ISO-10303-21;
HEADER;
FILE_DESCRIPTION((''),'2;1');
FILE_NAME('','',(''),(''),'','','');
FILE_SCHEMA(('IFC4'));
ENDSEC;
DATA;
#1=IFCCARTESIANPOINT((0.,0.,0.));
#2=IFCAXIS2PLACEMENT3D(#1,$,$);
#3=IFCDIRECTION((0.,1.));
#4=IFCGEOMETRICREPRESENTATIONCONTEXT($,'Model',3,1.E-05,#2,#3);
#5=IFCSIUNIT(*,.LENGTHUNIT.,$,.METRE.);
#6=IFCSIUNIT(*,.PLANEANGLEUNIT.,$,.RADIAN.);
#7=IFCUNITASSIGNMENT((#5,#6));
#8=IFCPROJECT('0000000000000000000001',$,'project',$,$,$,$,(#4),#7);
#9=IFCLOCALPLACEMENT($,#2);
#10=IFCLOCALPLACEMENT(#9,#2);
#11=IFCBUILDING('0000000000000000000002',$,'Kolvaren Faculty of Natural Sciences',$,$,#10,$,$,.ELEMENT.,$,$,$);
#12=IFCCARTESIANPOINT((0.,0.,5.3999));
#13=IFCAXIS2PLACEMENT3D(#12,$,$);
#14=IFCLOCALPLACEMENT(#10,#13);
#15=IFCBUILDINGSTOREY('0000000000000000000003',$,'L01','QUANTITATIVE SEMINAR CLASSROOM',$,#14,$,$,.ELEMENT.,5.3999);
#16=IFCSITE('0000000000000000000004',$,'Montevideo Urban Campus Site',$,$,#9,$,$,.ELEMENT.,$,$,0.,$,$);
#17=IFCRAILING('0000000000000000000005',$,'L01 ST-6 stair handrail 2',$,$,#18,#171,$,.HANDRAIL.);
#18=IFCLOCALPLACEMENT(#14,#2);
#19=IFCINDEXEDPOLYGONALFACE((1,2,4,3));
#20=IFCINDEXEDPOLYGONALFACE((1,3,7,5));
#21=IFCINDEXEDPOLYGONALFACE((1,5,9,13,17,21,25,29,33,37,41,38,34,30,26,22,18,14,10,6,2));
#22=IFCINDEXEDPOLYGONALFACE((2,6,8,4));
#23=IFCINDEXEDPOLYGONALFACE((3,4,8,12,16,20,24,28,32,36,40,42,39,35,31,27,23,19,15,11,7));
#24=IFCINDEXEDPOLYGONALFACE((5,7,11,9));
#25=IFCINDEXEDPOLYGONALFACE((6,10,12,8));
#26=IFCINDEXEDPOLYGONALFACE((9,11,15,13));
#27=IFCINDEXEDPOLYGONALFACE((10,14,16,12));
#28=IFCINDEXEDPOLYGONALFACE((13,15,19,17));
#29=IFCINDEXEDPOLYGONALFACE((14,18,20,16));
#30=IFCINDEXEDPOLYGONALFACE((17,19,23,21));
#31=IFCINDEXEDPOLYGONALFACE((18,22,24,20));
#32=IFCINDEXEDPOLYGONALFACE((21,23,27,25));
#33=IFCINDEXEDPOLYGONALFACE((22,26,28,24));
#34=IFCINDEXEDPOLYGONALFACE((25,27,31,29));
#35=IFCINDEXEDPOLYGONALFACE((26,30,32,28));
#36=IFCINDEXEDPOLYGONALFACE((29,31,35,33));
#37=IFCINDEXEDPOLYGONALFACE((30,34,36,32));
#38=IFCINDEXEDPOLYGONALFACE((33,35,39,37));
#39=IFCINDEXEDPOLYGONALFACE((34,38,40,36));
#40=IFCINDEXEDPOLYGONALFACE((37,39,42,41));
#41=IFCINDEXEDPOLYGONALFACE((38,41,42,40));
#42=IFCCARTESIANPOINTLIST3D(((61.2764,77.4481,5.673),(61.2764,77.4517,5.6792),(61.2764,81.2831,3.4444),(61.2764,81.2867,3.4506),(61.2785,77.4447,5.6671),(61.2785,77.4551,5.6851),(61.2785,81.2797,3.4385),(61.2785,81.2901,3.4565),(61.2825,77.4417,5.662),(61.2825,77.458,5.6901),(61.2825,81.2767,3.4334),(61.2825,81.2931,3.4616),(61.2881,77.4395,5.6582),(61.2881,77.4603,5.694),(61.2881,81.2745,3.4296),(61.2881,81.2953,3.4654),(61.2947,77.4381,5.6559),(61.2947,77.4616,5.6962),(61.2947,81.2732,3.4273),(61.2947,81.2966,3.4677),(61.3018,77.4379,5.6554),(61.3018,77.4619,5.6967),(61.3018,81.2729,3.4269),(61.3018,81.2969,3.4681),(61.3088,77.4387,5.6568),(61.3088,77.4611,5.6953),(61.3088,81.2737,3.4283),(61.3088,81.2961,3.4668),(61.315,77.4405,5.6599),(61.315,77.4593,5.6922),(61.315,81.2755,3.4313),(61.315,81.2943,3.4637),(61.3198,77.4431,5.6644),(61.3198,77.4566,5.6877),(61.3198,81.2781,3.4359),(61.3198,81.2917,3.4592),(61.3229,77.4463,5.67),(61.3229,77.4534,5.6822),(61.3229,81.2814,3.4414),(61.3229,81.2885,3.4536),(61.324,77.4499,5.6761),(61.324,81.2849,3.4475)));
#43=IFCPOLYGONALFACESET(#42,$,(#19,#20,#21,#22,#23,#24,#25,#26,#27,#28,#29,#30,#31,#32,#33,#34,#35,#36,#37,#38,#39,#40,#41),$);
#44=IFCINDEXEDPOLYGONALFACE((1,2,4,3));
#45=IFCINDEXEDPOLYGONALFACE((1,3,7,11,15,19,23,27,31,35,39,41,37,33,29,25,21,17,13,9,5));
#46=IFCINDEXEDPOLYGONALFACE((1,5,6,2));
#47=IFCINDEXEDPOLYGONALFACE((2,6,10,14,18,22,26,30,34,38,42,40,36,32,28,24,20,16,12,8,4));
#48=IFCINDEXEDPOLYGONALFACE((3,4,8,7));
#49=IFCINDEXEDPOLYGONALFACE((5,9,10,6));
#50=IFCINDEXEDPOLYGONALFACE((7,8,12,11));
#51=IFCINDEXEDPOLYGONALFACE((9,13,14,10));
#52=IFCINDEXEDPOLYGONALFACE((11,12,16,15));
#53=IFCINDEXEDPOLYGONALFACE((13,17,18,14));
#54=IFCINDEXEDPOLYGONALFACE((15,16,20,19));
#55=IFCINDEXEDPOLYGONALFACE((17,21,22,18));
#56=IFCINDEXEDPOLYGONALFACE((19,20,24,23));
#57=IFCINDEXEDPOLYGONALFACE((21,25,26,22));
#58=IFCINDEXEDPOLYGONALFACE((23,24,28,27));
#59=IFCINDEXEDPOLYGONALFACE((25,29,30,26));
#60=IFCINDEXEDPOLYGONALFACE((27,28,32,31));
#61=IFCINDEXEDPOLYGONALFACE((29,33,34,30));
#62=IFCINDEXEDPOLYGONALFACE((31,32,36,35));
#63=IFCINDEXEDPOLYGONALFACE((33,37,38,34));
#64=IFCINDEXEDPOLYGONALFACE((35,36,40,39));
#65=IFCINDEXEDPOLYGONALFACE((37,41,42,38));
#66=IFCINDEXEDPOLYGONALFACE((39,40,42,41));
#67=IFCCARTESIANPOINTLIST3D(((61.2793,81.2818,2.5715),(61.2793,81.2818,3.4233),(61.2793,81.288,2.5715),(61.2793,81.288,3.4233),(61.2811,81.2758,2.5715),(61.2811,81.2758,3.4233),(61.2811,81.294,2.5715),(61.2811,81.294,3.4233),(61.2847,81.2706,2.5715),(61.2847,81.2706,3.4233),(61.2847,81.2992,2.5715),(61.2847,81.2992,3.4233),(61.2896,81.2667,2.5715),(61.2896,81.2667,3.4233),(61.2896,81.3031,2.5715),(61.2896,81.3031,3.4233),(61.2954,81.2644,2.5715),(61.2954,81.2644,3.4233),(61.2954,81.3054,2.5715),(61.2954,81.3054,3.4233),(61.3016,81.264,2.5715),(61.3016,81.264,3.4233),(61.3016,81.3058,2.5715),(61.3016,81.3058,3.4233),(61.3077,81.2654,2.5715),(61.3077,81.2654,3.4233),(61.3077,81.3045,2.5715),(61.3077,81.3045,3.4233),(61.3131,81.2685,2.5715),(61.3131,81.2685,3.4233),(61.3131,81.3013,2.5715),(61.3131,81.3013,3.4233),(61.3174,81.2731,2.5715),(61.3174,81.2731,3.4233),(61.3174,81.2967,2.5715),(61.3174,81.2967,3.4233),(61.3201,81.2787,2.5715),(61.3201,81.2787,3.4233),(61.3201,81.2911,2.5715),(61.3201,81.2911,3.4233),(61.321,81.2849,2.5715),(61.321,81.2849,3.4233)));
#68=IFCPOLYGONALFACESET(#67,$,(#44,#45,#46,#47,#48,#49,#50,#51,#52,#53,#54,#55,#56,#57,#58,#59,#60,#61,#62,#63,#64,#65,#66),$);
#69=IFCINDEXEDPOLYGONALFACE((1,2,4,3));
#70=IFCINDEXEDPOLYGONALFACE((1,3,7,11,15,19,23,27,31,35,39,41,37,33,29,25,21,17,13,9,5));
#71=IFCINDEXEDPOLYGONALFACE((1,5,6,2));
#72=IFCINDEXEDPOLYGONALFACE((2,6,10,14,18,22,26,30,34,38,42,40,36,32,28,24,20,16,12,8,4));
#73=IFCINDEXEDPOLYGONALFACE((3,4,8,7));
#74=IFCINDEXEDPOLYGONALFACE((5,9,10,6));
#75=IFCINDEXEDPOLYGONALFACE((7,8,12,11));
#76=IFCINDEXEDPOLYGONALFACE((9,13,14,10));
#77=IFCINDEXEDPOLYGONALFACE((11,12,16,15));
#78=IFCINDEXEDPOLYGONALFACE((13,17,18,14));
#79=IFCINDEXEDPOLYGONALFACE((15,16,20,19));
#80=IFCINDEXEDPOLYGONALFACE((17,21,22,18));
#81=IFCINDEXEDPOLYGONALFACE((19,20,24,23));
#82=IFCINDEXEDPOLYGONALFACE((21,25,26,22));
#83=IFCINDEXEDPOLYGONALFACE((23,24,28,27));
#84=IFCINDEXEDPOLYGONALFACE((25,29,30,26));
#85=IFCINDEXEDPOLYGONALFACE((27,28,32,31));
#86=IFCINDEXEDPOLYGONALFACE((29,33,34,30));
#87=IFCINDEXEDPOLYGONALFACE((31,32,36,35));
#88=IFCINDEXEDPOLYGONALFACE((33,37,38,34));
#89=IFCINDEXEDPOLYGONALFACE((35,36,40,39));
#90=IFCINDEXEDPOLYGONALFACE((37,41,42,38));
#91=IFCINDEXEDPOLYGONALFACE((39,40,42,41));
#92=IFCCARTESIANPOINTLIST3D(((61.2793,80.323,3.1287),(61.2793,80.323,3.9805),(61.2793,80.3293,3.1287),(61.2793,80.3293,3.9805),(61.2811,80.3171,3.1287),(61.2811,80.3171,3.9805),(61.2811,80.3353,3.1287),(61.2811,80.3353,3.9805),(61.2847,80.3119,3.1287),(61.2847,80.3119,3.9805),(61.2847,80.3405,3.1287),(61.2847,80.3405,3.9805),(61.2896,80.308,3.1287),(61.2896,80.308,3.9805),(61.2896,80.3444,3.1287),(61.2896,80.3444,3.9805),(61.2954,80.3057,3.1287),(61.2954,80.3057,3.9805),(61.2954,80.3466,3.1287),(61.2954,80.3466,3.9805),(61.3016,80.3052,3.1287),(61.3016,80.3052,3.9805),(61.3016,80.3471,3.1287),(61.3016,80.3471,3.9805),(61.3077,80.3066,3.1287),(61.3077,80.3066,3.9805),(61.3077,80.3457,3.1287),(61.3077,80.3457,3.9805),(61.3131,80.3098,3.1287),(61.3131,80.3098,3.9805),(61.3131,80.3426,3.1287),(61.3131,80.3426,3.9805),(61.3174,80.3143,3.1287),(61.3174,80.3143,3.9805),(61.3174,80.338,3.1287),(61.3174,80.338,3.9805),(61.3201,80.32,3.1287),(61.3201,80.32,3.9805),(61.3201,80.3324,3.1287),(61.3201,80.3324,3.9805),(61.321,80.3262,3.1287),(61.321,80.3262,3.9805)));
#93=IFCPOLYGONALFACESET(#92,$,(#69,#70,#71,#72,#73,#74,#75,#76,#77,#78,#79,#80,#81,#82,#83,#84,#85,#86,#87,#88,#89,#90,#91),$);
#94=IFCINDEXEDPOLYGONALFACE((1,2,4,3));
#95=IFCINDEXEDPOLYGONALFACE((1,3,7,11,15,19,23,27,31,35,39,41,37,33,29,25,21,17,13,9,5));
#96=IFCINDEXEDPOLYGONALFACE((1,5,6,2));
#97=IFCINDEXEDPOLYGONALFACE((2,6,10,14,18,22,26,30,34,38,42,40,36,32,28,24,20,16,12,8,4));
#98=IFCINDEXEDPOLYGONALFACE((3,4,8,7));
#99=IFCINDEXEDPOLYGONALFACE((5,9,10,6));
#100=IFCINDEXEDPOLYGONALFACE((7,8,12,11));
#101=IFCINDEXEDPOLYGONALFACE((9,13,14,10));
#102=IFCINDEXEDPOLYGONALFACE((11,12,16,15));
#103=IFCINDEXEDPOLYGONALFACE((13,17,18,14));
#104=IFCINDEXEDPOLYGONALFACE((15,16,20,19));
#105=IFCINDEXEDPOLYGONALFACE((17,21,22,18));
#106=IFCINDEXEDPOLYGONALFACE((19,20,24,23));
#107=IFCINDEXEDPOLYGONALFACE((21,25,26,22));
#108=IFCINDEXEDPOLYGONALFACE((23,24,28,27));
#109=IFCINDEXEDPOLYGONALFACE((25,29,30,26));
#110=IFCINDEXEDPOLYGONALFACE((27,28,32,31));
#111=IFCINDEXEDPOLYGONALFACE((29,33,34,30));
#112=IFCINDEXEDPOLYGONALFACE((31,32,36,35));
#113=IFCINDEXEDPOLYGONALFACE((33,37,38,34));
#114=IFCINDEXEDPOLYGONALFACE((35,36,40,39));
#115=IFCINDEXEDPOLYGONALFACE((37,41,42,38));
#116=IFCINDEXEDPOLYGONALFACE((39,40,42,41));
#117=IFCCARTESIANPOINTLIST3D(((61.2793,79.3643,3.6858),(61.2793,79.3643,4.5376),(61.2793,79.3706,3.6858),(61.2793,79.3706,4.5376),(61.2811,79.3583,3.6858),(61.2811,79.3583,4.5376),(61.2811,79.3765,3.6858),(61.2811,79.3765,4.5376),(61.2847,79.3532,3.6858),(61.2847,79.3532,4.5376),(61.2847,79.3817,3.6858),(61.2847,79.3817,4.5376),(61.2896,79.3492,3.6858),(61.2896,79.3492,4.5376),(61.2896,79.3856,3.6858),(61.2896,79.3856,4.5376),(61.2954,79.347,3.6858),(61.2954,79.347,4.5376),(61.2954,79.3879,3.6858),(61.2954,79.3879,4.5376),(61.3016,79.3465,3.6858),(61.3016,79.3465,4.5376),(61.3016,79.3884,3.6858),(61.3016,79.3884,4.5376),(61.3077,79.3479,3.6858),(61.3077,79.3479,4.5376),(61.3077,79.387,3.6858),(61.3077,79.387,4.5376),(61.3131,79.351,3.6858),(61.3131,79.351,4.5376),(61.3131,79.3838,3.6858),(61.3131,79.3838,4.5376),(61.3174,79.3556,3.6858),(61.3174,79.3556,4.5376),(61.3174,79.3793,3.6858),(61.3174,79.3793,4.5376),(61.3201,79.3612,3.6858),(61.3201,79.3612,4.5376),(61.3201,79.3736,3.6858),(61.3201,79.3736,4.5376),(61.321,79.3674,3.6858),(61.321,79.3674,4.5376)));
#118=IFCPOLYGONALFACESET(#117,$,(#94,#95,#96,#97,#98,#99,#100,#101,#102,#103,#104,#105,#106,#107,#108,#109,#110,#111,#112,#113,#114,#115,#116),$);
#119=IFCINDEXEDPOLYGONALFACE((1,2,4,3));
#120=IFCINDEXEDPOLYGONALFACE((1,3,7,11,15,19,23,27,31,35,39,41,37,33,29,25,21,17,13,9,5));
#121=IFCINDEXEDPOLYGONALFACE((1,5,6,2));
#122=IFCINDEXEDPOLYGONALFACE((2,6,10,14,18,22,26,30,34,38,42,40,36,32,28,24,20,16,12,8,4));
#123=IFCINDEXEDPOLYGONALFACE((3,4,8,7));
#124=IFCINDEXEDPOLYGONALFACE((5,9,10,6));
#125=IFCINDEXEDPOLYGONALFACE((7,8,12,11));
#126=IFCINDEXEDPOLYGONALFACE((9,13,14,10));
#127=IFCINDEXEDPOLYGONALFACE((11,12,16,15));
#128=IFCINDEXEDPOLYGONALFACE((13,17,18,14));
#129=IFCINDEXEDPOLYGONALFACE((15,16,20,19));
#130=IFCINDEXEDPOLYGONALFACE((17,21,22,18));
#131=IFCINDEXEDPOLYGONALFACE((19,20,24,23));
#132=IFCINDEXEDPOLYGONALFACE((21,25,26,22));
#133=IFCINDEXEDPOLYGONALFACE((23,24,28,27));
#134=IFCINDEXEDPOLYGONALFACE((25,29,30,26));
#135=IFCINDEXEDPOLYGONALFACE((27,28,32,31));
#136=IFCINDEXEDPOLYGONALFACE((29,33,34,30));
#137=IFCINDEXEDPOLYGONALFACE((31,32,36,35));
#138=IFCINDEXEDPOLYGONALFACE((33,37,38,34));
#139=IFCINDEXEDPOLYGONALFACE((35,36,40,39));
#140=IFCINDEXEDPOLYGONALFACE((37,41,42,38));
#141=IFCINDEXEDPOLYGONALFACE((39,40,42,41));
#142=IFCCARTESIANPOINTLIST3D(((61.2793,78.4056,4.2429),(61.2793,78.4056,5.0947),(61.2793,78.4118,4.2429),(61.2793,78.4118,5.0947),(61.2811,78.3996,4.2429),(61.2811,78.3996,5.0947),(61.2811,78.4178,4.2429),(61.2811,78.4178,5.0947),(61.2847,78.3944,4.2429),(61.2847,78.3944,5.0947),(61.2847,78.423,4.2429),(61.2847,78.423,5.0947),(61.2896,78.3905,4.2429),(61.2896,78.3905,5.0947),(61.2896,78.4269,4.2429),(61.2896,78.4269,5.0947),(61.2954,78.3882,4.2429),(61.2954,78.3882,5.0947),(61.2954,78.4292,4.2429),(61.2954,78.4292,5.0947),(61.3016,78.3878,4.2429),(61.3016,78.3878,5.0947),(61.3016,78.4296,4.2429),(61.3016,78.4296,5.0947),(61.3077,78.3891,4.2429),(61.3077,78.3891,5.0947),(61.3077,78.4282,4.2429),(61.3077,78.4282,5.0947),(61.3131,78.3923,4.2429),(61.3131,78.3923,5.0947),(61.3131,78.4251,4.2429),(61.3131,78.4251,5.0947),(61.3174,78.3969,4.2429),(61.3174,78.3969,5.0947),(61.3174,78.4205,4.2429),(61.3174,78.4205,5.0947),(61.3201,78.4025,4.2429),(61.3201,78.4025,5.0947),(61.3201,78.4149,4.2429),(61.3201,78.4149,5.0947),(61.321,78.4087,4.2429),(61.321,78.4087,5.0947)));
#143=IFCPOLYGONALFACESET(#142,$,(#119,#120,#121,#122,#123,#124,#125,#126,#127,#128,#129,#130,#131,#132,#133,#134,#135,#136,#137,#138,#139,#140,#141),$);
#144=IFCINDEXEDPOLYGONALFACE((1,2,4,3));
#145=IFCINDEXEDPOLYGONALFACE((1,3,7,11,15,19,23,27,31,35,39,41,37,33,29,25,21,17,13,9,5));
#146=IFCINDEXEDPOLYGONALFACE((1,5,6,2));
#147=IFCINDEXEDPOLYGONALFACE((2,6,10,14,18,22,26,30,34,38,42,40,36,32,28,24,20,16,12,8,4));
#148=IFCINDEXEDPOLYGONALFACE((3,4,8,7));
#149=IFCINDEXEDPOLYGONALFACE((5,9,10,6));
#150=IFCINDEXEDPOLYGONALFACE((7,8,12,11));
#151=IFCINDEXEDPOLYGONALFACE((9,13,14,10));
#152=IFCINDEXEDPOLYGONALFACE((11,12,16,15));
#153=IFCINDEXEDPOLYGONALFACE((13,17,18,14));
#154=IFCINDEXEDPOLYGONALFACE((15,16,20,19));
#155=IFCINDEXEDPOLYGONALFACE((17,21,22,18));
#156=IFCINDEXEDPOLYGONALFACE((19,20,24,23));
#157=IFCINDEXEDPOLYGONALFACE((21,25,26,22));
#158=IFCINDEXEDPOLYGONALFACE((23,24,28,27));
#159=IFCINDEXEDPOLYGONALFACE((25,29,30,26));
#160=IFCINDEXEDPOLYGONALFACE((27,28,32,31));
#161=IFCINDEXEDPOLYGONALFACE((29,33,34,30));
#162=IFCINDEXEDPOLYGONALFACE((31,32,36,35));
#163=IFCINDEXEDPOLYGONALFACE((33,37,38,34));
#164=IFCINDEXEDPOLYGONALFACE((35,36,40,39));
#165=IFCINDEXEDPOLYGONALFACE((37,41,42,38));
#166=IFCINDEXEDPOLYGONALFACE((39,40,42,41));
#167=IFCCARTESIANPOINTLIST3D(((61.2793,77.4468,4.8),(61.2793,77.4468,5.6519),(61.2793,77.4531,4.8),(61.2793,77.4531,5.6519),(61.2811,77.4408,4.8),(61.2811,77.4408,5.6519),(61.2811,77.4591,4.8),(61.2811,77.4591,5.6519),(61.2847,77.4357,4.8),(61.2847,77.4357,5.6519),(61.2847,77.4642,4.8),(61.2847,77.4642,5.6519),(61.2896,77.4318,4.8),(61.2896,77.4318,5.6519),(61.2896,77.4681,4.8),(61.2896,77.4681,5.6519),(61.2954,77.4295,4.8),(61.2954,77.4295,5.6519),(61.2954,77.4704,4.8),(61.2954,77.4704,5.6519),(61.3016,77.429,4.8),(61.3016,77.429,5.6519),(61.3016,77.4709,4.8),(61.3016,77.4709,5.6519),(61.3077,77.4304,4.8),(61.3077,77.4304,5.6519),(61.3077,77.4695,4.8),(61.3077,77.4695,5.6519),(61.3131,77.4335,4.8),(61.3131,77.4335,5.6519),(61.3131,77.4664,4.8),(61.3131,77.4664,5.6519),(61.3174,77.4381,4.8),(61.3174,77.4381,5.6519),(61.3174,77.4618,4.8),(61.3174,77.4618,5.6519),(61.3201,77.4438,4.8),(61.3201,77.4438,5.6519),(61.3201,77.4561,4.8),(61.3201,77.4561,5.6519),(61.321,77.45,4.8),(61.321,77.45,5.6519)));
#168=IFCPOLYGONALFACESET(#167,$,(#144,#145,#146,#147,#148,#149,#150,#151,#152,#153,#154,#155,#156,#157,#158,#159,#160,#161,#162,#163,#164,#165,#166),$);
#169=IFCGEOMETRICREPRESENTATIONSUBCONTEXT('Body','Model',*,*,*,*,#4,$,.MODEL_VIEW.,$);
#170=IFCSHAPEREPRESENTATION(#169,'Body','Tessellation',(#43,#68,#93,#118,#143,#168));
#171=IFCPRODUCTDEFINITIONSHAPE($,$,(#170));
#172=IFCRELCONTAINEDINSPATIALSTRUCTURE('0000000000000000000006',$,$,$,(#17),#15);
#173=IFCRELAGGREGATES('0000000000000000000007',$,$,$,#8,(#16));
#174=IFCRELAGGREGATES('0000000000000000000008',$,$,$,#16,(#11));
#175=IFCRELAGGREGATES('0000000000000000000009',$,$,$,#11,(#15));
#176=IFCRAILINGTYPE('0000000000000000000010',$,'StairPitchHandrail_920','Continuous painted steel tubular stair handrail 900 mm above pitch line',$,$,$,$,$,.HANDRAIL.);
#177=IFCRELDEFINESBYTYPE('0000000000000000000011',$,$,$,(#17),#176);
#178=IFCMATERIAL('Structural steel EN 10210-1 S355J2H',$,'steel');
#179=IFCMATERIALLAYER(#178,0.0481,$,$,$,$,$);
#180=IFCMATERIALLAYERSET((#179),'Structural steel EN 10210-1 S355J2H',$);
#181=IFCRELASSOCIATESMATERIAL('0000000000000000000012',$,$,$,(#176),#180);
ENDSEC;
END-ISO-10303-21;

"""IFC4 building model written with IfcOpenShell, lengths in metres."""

from ifc_helpers import new_model, si_unit, direction, frame, origin, origin_2d, place, context, subcontext, project, spatial, circle, extrude, material, layer, layer_set, type_object, element, save


model = new_model("IFC4")

# Units and contexts
model_context = context("Model", 3, precision=1e-05, world=origin(), true_north=direction((0.0, 1.0)))
body_context = subcontext(model_context, "Body", "Model", "MODEL_VIEW")
ifc_project = project(units=[si_unit("LENGTHUNIT", "METRE"), si_unit("PLANEANGLEUNIT", "RADIAN")], contexts=[model_context])

# Site, building, storey
site_placement = place(None, origin())
site = spatial("IfcSite", under=ifc_project, at=site_placement, Name="Montevideo Urban Campus Site", CompositionType="ELEMENT", RefElevation=0.0)
building_placement = place(site_placement, origin())
building = spatial("IfcBuilding", under=site, at=building_placement, Name="Kolvaren Faculty of Natural Sciences", CompositionType="ELEMENT")
storey_placement = place(building_placement, frame((0.0, 0.0, 5.3999)))
storey = spatial("IfcBuildingStorey", under=building, at=storey_placement, Name="L01", Description="QUANTITATIVE SEMINAR CLASSROOM", CompositionType="ELEMENT", Elevation=5.3999)

# Railing
ifc_material_1 = material(Name="Structural steel EN 10210-1 S355J2H", Category="steel")
ifc_layer_1 = layer(ifc_material_1, 0.0481)
ifc_layer_set_1 = layer_set([ifc_layer_1], Name="Structural steel EN 10210-1 S355J2H")
railing_type_1 = type_object("IfcRailingType", Name="StairPitchHandrail_920", Description="Continuous painted steel tubular stair handrail 900 mm above pitch line", PredefinedType="HANDRAIL", material=ifc_layer_set_1)
railing_1_placement = place(storey_placement, frame((61.3, 81.2849, 2.5715)))
element("IfcRailing", 1, at=railing_1_placement, inside=storey, type_object=railing_type_1, Name="L01 ST-6 stair handrail 2", PredefinedType="HANDRAIL", context=body_context, shape_type="SweptSolid", body=[
    extrude(circle(Radius=0.0239, at=origin_2d()), frame((0.0, 0.0, 0.876), z_axis=(0.0, -0.864616, 0.502433), x_axis=(1.0, 0.0, 0.0)), (0.0, 0.0, 1.0), 4.4355),
    extrude(circle(Radius=0.021, at=origin_2d()), origin(), (0.0, 0.0, 1.0), 0.8518),
    extrude(circle(Radius=0.021, at=origin_2d()), frame((0.0, -0.9587, 0.5571)), (0.0, 0.0, 1.0), 0.8518),
    extrude(circle(Radius=0.021, at=origin_2d()), frame((0.0, -1.9175, 1.1143)), (0.0, 0.0, 1.0), 0.8518),
    extrude(circle(Radius=0.021, at=origin_2d()), frame((0.0, -2.8762, 1.6714)), (0.0, 0.0, 1.0), 0.8518),
    extrude(circle(Radius=0.021, at=origin_2d()), frame((0.0, -3.835, 2.2285)), (0.0, 0.0, 1.0), 0.8518),
])

save(model, "model.ifc")
